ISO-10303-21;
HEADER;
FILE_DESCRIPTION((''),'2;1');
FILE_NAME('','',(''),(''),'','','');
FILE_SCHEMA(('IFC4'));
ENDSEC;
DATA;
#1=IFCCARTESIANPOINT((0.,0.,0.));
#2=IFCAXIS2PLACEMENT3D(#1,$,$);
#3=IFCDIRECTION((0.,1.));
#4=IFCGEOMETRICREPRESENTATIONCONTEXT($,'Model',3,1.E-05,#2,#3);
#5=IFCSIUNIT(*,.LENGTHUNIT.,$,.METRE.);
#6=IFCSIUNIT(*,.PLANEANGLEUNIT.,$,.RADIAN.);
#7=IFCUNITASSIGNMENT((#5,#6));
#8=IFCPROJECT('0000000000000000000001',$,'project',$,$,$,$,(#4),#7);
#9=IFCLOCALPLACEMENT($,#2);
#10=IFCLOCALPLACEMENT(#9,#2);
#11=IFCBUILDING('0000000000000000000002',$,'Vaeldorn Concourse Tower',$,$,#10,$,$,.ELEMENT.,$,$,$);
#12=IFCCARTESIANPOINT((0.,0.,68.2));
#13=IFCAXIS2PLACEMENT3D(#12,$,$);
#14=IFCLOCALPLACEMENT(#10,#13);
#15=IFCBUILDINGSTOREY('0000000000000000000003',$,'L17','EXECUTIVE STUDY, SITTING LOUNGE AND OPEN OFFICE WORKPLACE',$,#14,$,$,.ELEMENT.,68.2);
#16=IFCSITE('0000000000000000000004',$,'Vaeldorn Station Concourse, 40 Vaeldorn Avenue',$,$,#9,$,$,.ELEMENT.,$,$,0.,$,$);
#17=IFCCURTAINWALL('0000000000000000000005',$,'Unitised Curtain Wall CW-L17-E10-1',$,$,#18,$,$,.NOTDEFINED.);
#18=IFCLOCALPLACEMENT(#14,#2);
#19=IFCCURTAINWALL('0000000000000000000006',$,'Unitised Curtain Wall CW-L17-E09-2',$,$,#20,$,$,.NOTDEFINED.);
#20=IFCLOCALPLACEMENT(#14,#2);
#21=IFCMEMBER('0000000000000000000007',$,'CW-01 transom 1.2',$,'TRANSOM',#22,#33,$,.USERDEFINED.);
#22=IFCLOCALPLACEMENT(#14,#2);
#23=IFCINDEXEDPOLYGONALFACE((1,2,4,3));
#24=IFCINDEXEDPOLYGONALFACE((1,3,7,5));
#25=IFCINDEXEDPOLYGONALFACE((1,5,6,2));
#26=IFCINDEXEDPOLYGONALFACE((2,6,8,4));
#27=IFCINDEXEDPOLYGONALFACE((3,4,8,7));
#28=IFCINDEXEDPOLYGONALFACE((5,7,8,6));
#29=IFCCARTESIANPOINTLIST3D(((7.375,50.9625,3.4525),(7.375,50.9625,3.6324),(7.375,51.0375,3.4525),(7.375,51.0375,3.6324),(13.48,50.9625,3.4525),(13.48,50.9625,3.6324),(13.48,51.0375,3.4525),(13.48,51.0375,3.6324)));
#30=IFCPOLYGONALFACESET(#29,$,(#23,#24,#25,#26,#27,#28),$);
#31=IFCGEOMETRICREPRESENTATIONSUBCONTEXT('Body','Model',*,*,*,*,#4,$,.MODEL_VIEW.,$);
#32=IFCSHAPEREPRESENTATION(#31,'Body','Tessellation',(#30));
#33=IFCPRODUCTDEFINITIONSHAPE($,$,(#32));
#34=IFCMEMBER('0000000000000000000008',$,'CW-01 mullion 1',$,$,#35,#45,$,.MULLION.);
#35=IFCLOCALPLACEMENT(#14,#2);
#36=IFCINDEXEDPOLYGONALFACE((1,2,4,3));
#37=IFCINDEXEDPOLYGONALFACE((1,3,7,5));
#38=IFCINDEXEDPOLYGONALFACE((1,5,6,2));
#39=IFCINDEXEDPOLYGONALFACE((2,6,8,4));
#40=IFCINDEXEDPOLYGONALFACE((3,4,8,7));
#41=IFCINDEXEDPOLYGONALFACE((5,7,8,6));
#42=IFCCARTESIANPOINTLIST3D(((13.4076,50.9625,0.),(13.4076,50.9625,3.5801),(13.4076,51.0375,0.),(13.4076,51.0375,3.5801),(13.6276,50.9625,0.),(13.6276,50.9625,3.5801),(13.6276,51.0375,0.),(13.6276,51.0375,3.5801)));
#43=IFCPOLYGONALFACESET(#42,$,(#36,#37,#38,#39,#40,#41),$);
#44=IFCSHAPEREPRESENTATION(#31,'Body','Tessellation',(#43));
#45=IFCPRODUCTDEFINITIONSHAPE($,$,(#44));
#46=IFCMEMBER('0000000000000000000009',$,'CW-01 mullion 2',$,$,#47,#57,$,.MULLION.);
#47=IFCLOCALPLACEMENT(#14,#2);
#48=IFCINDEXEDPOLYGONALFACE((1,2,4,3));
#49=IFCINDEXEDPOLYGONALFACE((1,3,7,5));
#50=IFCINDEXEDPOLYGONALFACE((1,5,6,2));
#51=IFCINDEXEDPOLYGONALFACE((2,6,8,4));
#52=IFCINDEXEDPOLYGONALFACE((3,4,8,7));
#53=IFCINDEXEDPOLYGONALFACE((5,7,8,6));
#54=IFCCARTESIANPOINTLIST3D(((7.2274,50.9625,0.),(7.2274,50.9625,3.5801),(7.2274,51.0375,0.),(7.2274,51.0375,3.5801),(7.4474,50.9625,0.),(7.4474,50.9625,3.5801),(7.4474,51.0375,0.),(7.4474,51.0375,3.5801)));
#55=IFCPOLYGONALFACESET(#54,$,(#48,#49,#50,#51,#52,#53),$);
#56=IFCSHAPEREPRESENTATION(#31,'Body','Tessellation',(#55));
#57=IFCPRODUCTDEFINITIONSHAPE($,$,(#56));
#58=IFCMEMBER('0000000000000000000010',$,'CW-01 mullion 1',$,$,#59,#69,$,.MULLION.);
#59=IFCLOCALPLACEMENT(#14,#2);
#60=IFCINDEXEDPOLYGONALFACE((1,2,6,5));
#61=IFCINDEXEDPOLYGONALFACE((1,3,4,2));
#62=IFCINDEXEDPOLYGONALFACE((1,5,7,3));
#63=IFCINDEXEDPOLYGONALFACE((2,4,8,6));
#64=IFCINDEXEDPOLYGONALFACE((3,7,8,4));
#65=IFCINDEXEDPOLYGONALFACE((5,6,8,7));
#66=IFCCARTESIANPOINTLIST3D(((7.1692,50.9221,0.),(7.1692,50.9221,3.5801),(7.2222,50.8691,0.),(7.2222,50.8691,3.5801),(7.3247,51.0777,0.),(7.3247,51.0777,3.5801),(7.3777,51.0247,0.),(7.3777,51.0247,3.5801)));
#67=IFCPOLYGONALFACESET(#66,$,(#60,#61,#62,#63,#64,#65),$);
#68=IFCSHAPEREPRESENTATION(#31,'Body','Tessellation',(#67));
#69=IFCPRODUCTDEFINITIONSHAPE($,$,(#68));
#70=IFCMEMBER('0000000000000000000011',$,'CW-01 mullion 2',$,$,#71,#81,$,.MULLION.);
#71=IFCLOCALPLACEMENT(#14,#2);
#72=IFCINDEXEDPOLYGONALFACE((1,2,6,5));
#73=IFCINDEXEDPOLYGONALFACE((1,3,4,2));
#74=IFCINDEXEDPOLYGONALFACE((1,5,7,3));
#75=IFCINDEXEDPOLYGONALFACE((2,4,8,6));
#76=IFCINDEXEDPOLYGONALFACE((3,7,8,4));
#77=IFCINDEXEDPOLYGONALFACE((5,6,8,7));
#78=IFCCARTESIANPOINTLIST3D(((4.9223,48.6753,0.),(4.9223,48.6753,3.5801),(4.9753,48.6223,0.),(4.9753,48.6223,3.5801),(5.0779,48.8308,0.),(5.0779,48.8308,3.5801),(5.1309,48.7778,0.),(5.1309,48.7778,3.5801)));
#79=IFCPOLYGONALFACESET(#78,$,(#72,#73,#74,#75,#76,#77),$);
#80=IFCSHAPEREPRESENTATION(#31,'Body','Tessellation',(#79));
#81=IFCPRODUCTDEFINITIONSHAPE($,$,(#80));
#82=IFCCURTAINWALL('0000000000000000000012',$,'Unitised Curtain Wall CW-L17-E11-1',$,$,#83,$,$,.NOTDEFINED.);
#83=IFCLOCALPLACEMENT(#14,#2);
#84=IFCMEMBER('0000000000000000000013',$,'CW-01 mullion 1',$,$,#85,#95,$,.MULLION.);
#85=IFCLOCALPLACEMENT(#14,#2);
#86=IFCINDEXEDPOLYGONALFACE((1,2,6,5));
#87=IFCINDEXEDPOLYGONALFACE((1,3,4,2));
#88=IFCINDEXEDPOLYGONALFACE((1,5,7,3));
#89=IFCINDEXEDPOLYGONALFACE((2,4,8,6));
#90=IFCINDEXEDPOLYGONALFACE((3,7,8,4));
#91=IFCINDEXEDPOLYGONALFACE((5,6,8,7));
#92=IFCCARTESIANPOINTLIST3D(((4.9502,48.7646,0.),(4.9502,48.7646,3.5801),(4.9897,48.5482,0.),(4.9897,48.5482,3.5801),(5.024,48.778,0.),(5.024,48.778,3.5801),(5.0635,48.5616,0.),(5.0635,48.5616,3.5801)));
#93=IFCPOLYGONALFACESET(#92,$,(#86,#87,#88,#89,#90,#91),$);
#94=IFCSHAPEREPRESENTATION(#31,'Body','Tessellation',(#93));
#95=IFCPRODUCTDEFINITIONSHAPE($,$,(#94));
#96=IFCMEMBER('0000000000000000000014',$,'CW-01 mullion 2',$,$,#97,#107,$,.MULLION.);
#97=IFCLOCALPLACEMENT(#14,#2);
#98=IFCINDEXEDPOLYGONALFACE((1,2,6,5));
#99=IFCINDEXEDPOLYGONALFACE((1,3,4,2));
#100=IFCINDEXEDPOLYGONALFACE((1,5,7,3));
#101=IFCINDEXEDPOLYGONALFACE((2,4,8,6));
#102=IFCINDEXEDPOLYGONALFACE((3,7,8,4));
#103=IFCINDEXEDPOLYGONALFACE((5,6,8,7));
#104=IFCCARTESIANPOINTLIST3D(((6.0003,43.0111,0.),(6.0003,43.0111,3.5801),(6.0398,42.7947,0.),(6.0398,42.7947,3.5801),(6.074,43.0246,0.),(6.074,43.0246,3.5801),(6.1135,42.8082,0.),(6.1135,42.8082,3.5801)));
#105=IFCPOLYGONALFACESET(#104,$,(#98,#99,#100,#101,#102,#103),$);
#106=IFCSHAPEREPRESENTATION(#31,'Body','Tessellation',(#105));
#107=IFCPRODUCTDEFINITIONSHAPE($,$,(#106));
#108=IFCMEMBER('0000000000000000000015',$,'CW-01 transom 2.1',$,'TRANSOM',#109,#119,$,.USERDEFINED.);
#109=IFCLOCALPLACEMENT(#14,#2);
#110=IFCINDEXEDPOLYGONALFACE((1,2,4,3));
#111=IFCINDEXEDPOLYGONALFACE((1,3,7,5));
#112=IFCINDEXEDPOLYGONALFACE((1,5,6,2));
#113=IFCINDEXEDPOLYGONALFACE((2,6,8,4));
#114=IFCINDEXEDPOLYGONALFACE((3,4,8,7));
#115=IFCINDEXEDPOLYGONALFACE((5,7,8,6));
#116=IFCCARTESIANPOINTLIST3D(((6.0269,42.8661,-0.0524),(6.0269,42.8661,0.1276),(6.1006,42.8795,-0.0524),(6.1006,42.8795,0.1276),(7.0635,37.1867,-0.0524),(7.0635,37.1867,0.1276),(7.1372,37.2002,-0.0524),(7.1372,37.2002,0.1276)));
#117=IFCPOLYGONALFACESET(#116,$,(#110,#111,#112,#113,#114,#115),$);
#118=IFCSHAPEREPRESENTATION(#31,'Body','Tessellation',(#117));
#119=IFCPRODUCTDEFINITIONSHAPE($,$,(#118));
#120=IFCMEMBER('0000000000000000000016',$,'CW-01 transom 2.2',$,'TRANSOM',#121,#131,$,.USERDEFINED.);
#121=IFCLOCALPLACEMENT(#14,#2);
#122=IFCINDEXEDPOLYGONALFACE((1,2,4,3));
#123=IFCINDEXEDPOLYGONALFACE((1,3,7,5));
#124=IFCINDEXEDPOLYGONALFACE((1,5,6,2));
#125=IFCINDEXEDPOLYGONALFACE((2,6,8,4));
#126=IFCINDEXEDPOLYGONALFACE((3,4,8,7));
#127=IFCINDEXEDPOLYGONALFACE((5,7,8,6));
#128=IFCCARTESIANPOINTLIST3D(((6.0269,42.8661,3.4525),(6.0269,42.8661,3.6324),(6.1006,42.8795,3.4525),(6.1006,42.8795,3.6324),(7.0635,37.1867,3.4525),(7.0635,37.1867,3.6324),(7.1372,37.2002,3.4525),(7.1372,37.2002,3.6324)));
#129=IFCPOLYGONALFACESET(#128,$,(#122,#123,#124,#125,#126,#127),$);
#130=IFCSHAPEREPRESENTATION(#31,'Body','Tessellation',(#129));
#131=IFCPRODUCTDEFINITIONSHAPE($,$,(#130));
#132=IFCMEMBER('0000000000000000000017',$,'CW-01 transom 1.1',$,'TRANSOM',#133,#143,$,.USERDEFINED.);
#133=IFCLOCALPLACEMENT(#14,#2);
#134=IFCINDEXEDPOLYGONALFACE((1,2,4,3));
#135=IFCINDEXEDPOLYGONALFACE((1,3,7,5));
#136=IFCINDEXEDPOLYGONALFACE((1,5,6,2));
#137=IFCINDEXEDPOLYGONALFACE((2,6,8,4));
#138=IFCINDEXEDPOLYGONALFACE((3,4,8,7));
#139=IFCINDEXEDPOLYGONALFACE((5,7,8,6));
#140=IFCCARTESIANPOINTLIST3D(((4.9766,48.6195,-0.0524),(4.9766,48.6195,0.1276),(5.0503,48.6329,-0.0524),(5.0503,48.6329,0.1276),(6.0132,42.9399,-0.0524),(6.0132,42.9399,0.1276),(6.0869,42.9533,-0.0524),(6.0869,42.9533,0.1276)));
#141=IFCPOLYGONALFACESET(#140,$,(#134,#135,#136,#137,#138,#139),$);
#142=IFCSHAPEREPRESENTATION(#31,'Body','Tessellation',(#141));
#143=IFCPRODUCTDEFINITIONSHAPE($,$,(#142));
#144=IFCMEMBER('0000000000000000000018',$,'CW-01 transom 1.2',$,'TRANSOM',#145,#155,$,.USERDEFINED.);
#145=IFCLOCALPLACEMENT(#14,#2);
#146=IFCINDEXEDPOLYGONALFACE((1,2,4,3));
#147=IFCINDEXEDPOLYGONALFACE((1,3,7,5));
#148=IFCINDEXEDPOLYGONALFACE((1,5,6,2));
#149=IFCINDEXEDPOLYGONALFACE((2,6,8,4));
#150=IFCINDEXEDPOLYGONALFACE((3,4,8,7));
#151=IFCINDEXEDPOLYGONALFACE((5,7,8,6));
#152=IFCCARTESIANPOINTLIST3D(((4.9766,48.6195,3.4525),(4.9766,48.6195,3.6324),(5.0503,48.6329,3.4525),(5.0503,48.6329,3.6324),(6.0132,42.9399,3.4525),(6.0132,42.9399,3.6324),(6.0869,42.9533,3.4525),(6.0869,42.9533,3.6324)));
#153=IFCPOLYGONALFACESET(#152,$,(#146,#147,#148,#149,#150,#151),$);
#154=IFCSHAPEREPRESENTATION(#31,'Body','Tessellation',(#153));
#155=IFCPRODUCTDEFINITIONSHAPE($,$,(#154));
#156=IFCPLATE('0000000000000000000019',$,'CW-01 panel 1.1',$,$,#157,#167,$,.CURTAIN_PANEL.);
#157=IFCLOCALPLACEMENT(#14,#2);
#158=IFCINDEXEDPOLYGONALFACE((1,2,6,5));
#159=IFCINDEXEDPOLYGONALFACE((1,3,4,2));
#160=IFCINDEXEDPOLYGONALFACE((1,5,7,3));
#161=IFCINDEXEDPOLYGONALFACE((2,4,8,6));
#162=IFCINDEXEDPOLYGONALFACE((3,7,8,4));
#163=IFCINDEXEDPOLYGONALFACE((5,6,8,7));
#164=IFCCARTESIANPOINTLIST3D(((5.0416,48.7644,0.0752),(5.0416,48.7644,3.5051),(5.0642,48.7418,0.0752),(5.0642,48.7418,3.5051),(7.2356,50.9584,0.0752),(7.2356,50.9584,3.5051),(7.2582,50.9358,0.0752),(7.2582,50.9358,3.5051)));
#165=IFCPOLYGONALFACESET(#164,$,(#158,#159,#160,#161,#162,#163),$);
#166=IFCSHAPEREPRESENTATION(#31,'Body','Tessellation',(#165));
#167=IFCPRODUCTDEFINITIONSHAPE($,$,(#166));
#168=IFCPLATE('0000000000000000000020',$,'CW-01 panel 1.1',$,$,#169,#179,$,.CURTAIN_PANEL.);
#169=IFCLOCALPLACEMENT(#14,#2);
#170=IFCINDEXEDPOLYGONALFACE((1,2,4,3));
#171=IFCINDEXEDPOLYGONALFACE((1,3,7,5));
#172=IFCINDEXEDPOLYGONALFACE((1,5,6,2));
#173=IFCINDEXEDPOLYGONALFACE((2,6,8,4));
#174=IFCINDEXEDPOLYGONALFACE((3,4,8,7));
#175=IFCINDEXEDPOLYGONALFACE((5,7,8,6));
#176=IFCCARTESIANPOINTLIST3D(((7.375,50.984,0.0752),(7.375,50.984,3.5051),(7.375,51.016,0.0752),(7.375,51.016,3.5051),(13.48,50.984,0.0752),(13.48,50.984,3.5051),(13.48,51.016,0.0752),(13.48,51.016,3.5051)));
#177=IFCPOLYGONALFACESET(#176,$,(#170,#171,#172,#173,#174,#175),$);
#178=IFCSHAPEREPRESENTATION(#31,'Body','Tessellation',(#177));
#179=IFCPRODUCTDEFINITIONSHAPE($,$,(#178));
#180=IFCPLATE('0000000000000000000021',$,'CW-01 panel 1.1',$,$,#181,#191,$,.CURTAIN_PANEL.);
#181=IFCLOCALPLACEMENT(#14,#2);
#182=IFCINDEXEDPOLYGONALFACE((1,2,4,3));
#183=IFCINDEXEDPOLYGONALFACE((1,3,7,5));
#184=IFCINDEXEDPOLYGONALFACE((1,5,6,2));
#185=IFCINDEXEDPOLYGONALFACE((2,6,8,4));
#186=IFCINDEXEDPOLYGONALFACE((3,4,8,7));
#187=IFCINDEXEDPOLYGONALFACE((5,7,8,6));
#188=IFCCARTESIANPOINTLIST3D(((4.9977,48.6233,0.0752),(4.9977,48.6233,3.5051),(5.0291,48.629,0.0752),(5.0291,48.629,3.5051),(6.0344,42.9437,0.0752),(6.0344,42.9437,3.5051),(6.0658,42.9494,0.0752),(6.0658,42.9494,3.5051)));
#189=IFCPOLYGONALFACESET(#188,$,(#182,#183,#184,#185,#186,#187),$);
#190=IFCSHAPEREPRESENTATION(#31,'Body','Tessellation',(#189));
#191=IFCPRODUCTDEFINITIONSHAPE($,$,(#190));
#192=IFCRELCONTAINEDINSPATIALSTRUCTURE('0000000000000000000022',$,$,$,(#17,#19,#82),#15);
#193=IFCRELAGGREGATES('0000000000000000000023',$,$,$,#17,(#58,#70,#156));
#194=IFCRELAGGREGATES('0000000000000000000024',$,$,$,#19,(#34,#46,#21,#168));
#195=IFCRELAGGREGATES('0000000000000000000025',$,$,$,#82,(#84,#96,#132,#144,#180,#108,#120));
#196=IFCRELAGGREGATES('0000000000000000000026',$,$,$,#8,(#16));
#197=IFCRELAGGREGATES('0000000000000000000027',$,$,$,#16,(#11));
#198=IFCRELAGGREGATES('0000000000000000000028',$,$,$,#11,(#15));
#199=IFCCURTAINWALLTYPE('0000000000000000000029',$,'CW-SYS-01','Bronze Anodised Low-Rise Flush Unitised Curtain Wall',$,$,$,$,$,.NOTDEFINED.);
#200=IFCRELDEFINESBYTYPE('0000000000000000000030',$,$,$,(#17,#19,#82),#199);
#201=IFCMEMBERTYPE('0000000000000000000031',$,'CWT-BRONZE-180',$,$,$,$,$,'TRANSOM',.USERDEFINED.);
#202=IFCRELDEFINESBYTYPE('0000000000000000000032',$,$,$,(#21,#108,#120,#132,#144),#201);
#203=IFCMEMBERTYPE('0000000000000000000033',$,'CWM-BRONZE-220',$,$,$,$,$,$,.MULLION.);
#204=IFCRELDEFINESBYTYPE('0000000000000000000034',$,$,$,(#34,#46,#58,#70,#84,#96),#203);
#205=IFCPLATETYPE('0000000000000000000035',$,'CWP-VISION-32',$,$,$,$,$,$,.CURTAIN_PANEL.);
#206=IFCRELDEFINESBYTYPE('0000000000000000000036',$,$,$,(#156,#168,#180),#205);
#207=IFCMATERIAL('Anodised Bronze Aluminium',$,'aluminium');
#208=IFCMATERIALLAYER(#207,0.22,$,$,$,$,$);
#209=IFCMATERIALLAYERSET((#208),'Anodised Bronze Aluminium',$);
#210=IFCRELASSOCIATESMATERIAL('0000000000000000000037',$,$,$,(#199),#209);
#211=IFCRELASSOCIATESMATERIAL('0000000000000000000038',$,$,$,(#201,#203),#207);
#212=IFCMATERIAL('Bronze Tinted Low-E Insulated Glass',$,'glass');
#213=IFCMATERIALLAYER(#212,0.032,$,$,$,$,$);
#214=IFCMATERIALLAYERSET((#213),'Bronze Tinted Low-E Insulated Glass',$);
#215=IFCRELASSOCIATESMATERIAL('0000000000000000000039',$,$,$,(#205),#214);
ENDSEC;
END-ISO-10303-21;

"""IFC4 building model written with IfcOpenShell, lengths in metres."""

from ifc_helpers import new_model, si_unit, direction, frame, origin, origin_2d, place, context, subcontext, project, spatial, rectangle, extrude, source, transform, mapped, material, layer, layer_set, material_profile, profile_set, type_object, element, aggregate, save


model = new_model("IFC4")

# Units and contexts
model_context = context("Model", 3, precision=1e-05, world=origin(), true_north=direction((0.0, 1.0)))
body_context = subcontext(model_context, "Body", "Model", "MODEL_VIEW")
ifc_project = project(units=[si_unit("LENGTHUNIT", "METRE"), si_unit("PLANEANGLEUNIT", "RADIAN")], contexts=[model_context])

# Site, building, storey
site_placement = place(None, origin())
site = spatial("IfcSite", under=ifc_project, at=site_placement, Name="Vaeldorn Station Concourse, 40 Vaeldorn Avenue", CompositionType="ELEMENT", RefElevation=0.0)
building_placement = place(site_placement, origin())
building = spatial("IfcBuilding", under=site, at=building_placement, Name="Vaeldorn Concourse Tower", CompositionType="ELEMENT")
storey_placement = place(building_placement, frame((0.0, 0.0, 68.2)))
storey = spatial("IfcBuildingStorey", under=building, at=storey_placement, Name="L17", Description="EXECUTIVE STUDY, SITTING LOUNGE AND OPEN OFFICE WORKPLACE", CompositionType="ELEMENT", Elevation=68.2)

# Curtain walls, members
ifc_material_1 = material(Name="Anodised Bronze Aluminium", Category="aluminium")
ifc_layer_1 = layer(ifc_material_1, 0.22)
ifc_layer_set_1 = layer_set([ifc_layer_1], Name="Anodised Bronze Aluminium")
curtain_wall_type = type_object("IfcCurtainWallType", Name="CW-SYS-01", Description="Bronze Anodised Low-Rise Flush Unitised Curtain Wall", PredefinedType="NOTDEFINED", material=ifc_layer_set_1)
curtain_wall_1_placement = place(storey_placement, origin())
curtain_wall_1 = element("IfcCurtainWall", 1, at=curtain_wall_1_placement, inside=storey, type_object=curtain_wall_type, Name="Unitised Curtain Wall CW-L17-E10-1", PredefinedType="NOTDEFINED")
ifc_material_profile_1 = material_profile(ifc_material_1, rectangle(XDim=0.075, YDim=0.1799, at=origin_2d()), Name="CWT 75x180")
ifc_profile_set_1 = profile_set([ifc_material_profile_1], Name="Anodised Bronze Aluminium")
member_type_1 = type_object("IfcMemberType", Name="CWT-BRONZE-180", ElementType="TRANSOM", PredefinedType="USERDEFINED", material=ifc_profile_set_1)
curtain_wall_2_placement = place(storey_placement, origin())
curtain_wall_2 = element("IfcCurtainWall", 2, at=curtain_wall_2_placement, inside=storey, type_object=curtain_wall_type, Name="Unitised Curtain Wall CW-L17-E09-2", PredefinedType="NOTDEFINED")
shared_shape_1 = source(origin(), body_context, "Body", "SweptSolid", [
    extrude(rectangle(XDim=0.075, YDim=0.1799, at=origin_2d()), origin(), (0.0, 0.0, 1.0), 6.105),
])
member_1_placement = place(storey_placement, frame((13.48, 51.0, 3.5425), z_axis=(-1.0, 0.0, 0.0), x_axis=(0.0, -1.0, 0.0)))
member_1 = element("IfcMember", 3, at=member_1_placement, type_object=member_type_1, Name="CW-01 transom 1.2", ObjectType="TRANSOM", PredefinedType="USERDEFINED", context=body_context, shape_type="MappedRepresentation", body=[
    mapped(shared_shape_1, transform((0.0, 0.0, 0.0), scale=1.0)),
])
ifc_material_profile_2 = material_profile(ifc_material_1, rectangle(XDim=0.075, YDim=0.22, at=origin_2d()), Name="CWM 75x220")
ifc_profile_set_2 = profile_set([ifc_material_profile_2], Name="Anodised Bronze Aluminium")
member_type_2 = type_object("IfcMemberType", Name="CWM-BRONZE-220", PredefinedType="MULLION", material=ifc_profile_set_2)
shared_shape_2 = source(origin(), body_context, "Body", "SweptSolid", [
    extrude(rectangle(XDim=0.075, YDim=0.22, at=origin_2d()), origin(), (0.0, 0.0, 1.0), 3.5801),
])
member_2_placement = place(storey_placement, frame((13.5176, 51.0, 0.0), z_axis=(0.0, 0.0, 1.0), x_axis=(0.0, -1.0, 0.0)))
member_2 = element("IfcMember", 4, at=member_2_placement, type_object=member_type_2, Name="CW-01 mullion 1", PredefinedType="MULLION", context=body_context, shape_type="MappedRepresentation", body=[
    mapped(shared_shape_2, transform((0.0, 0.0, 0.0), scale=1.0)),
])
member_3_placement = place(storey_placement, frame((7.3374, 51.0, 0.0), z_axis=(0.0, 0.0, 1.0), x_axis=(0.0, -1.0, 0.0)))
member_3 = element("IfcMember", 5, at=member_3_placement, type_object=member_type_2, Name="CW-01 mullion 2", PredefinedType="MULLION", context=body_context, shape_type="MappedRepresentation", body=[
    mapped(shared_shape_2, transform((0.0, 0.0, 0.0), scale=1.0)),
])

# Members
member_4_placement = place(storey_placement, frame((7.2734, 50.9734, 0.0), z_axis=(0.0, 0.0, 1.0), x_axis=(0.707107, -0.707107, 0.0)))
member_4 = element("IfcMember", 6, at=member_4_placement, type_object=member_type_2, Name="CW-01 mullion 1", PredefinedType="MULLION", context=body_context, shape_type="MappedRepresentation", body=[
    mapped(shared_shape_2, transform((0.0, 0.0, 0.0), scale=1.0)),
])
member_5_placement = place(storey_placement, frame((5.0266, 48.7266, 0.0), z_axis=(0.0, 0.0, 1.0), x_axis=(0.707107, -0.707107, 0.0)))
member_5 = element("IfcMember", 7, at=member_5_placement, type_object=member_type_2, Name="CW-01 mullion 2", PredefinedType="MULLION", context=body_context, shape_type="MappedRepresentation", body=[
    mapped(shared_shape_2, transform((0.0, 0.0, 0.0), scale=1.0)),
])

# Curtain wall, members
curtain_wall_3_placement = place(storey_placement, origin())
curtain_wall_3 = element("IfcCurtainWall", 8, at=curtain_wall_3_placement, inside=storey, type_object=curtain_wall_type, Name="Unitised Curtain Wall CW-L17-E11-1", PredefinedType="NOTDEFINED")
member_6_placement = place(storey_placement, frame((5.0068, 48.6631, 0.0), z_axis=(0.0, 0.0, 1.0), x_axis=(0.983746, 0.179564, 0.0)))
member_6 = element("IfcMember", 9, at=member_6_placement, type_object=member_type_2, Name="CW-01 mullion 1", PredefinedType="MULLION", context=body_context, shape_type="MappedRepresentation", body=[
    mapped(shared_shape_2, transform((0.0, 0.0, 0.0), scale=1.0)),
])
member_7_placement = place(storey_placement, frame((6.0569, 42.9097, 0.0), z_axis=(0.0, 0.0, 1.0), x_axis=(0.983746, 0.179564, 0.0)))
member_7 = element("IfcMember", 10, at=member_7_placement, type_object=member_type_2, Name="CW-01 mullion 2", PredefinedType="MULLION", context=body_context, shape_type="MappedRepresentation", body=[
    mapped(shared_shape_2, transform((0.0, 0.0, 0.0), scale=1.0)),
])
shared_shape_3 = source(origin(), body_context, "Body", "SweptSolid", [
    extrude(rectangle(XDim=0.075, YDim=0.1799, at=origin_2d()), origin(), (0.0, 0.0, 1.0), 5.7732),
])
member_8_placement = place(storey_placement, frame((6.0637, 42.8728, 0.0376), z_axis=(0.179555, -0.983748, 0.0), x_axis=(0.983748, 0.179555, 0.0)))
member_8 = element("IfcMember", 11, at=member_8_placement, type_object=member_type_1, Name="CW-01 transom 2.1", ObjectType="TRANSOM", PredefinedType="USERDEFINED", context=body_context, shape_type="MappedRepresentation", body=[
    mapped(shared_shape_3, transform((0.0, 0.0, 0.0), scale=1.0)),
])
member_9_placement = place(storey_placement, frame((6.0637, 42.8728, 3.5425), z_axis=(0.179555, -0.983748, 0.0), x_axis=(0.983748, 0.179555, 0.0)))
member_9 = element("IfcMember", 12, at=member_9_placement, type_object=member_type_1, Name="CW-01 transom 2.2", ObjectType="TRANSOM", PredefinedType="USERDEFINED", context=body_context, shape_type="MappedRepresentation", body=[
    mapped(shared_shape_3, transform((0.0, 0.0, 0.0), scale=1.0)),
])
shared_shape_4 = source(origin(), body_context, "Body", "SweptSolid", [
    extrude(rectangle(XDim=0.075, YDim=0.1799, at=origin_2d()), origin(), (0.0, 0.0, 1.0), 5.7734),
])
member_10_placement = place(storey_placement, frame((5.0134, 48.6262, 0.0376), z_axis=(0.179548, -0.983749, 0.0), x_axis=(0.983749, 0.179548, 0.0)))
member_10 = element("IfcMember", 13, at=member_10_placement, type_object=member_type_1, Name="CW-01 transom 1.1", ObjectType="TRANSOM", PredefinedType="USERDEFINED", context=body_context, shape_type="MappedRepresentation", body=[
    mapped(shared_shape_4, transform((0.0, 0.0, 0.0), scale=1.0)),
])
member_11_placement = place(storey_placement, frame((5.0134, 48.6262, 3.5425), z_axis=(0.179548, -0.983749, 0.0), x_axis=(0.983749, 0.179548, 0.0)))
member_11 = element("IfcMember", 14, at=member_11_placement, type_object=member_type_1, Name="CW-01 transom 1.2", ObjectType="TRANSOM", PredefinedType="USERDEFINED", context=body_context, shape_type="MappedRepresentation", body=[
    mapped(shared_shape_4, transform((0.0, 0.0, 0.0), scale=1.0)),
])

# Plates
ifc_material_2 = material(Name="Bronze Tinted Low-E Insulated Glass", Category="glass")
ifc_layer_2 = layer(ifc_material_2, 0.032)
ifc_layer_set_2 = layer_set([ifc_layer_2], Name="Bronze Tinted Low-E Insulated Glass")
plate_type = type_object("IfcPlateType", Name="CWP-VISION-32", PredefinedType="CURTAIN_PANEL", material=ifc_layer_set_2)
shared_shape_5 = source(origin(), body_context, "Body", "SweptSolid", [
    extrude(rectangle(XDim=3.1028, YDim=0.032, at=origin_2d()), origin(), (0.0, 0.0, 1.0), 3.4299),
])
plate_1_placement = place(storey_placement, frame((6.1499, 49.8501, 0.0752), z_axis=(0.0, 0.0, 1.0), x_axis=(-0.707107, -0.707107, 0.0)))
plate_1 = element("IfcPlate", 15, at=plate_1_placement, type_object=plate_type, Name="CW-01 panel 1.1", PredefinedType="CURTAIN_PANEL", context=body_context, shape_type="MappedRepresentation", body=[
    mapped(shared_shape_5, transform((0.0, 0.0, 0.0), scale=1.0)),
])
aggregate(curtain_wall_1, [member_4, member_5, plate_1])
shared_shape_6 = source(origin(), body_context, "Body", "SweptSolid", [
    extrude(rectangle(XDim=6.105, YDim=0.032, at=origin_2d()), origin(), (0.0, 0.0, 1.0), 3.4299),
])
plate_2_placement = place(storey_placement, frame((10.4275, 51.0, 0.0752), z_axis=(0.0, 0.0, 1.0), x_axis=(-1.0, 0.0, 0.0)))
plate_2 = element("IfcPlate", 16, at=plate_2_placement, type_object=plate_type, Name="CW-01 panel 1.1", PredefinedType="CURTAIN_PANEL", context=body_context, shape_type="MappedRepresentation", body=[
    mapped(shared_shape_6, transform((0.0, 0.0, 0.0), scale=1.0)),
])
aggregate(curtain_wall_2, [member_2, member_3, member_1, plate_2])
shared_shape_7 = source(origin(), body_context, "Body", "SweptSolid", [
    extrude(rectangle(XDim=5.7734, YDim=0.032, at=origin_2d()), origin(), (0.0, 0.0, 1.0), 3.4299),
])
plate_3_placement = place(storey_placement, frame((5.5317, 45.7864, 0.0752), z_axis=(0.0, 0.0, 1.0), x_axis=(0.179564, -0.983746, 0.0)))
plate_3 = element("IfcPlate", 17, at=plate_3_placement, type_object=plate_type, Name="CW-01 panel 1.1", PredefinedType="CURTAIN_PANEL", context=body_context, shape_type="MappedRepresentation", body=[
    mapped(shared_shape_7, transform((0.0, 0.0, 0.0), scale=1.0)),
])
aggregate(curtain_wall_3, [member_6, member_7, member_10, member_11, plate_3, member_8, member_9])

save(model, "model.ifc")
